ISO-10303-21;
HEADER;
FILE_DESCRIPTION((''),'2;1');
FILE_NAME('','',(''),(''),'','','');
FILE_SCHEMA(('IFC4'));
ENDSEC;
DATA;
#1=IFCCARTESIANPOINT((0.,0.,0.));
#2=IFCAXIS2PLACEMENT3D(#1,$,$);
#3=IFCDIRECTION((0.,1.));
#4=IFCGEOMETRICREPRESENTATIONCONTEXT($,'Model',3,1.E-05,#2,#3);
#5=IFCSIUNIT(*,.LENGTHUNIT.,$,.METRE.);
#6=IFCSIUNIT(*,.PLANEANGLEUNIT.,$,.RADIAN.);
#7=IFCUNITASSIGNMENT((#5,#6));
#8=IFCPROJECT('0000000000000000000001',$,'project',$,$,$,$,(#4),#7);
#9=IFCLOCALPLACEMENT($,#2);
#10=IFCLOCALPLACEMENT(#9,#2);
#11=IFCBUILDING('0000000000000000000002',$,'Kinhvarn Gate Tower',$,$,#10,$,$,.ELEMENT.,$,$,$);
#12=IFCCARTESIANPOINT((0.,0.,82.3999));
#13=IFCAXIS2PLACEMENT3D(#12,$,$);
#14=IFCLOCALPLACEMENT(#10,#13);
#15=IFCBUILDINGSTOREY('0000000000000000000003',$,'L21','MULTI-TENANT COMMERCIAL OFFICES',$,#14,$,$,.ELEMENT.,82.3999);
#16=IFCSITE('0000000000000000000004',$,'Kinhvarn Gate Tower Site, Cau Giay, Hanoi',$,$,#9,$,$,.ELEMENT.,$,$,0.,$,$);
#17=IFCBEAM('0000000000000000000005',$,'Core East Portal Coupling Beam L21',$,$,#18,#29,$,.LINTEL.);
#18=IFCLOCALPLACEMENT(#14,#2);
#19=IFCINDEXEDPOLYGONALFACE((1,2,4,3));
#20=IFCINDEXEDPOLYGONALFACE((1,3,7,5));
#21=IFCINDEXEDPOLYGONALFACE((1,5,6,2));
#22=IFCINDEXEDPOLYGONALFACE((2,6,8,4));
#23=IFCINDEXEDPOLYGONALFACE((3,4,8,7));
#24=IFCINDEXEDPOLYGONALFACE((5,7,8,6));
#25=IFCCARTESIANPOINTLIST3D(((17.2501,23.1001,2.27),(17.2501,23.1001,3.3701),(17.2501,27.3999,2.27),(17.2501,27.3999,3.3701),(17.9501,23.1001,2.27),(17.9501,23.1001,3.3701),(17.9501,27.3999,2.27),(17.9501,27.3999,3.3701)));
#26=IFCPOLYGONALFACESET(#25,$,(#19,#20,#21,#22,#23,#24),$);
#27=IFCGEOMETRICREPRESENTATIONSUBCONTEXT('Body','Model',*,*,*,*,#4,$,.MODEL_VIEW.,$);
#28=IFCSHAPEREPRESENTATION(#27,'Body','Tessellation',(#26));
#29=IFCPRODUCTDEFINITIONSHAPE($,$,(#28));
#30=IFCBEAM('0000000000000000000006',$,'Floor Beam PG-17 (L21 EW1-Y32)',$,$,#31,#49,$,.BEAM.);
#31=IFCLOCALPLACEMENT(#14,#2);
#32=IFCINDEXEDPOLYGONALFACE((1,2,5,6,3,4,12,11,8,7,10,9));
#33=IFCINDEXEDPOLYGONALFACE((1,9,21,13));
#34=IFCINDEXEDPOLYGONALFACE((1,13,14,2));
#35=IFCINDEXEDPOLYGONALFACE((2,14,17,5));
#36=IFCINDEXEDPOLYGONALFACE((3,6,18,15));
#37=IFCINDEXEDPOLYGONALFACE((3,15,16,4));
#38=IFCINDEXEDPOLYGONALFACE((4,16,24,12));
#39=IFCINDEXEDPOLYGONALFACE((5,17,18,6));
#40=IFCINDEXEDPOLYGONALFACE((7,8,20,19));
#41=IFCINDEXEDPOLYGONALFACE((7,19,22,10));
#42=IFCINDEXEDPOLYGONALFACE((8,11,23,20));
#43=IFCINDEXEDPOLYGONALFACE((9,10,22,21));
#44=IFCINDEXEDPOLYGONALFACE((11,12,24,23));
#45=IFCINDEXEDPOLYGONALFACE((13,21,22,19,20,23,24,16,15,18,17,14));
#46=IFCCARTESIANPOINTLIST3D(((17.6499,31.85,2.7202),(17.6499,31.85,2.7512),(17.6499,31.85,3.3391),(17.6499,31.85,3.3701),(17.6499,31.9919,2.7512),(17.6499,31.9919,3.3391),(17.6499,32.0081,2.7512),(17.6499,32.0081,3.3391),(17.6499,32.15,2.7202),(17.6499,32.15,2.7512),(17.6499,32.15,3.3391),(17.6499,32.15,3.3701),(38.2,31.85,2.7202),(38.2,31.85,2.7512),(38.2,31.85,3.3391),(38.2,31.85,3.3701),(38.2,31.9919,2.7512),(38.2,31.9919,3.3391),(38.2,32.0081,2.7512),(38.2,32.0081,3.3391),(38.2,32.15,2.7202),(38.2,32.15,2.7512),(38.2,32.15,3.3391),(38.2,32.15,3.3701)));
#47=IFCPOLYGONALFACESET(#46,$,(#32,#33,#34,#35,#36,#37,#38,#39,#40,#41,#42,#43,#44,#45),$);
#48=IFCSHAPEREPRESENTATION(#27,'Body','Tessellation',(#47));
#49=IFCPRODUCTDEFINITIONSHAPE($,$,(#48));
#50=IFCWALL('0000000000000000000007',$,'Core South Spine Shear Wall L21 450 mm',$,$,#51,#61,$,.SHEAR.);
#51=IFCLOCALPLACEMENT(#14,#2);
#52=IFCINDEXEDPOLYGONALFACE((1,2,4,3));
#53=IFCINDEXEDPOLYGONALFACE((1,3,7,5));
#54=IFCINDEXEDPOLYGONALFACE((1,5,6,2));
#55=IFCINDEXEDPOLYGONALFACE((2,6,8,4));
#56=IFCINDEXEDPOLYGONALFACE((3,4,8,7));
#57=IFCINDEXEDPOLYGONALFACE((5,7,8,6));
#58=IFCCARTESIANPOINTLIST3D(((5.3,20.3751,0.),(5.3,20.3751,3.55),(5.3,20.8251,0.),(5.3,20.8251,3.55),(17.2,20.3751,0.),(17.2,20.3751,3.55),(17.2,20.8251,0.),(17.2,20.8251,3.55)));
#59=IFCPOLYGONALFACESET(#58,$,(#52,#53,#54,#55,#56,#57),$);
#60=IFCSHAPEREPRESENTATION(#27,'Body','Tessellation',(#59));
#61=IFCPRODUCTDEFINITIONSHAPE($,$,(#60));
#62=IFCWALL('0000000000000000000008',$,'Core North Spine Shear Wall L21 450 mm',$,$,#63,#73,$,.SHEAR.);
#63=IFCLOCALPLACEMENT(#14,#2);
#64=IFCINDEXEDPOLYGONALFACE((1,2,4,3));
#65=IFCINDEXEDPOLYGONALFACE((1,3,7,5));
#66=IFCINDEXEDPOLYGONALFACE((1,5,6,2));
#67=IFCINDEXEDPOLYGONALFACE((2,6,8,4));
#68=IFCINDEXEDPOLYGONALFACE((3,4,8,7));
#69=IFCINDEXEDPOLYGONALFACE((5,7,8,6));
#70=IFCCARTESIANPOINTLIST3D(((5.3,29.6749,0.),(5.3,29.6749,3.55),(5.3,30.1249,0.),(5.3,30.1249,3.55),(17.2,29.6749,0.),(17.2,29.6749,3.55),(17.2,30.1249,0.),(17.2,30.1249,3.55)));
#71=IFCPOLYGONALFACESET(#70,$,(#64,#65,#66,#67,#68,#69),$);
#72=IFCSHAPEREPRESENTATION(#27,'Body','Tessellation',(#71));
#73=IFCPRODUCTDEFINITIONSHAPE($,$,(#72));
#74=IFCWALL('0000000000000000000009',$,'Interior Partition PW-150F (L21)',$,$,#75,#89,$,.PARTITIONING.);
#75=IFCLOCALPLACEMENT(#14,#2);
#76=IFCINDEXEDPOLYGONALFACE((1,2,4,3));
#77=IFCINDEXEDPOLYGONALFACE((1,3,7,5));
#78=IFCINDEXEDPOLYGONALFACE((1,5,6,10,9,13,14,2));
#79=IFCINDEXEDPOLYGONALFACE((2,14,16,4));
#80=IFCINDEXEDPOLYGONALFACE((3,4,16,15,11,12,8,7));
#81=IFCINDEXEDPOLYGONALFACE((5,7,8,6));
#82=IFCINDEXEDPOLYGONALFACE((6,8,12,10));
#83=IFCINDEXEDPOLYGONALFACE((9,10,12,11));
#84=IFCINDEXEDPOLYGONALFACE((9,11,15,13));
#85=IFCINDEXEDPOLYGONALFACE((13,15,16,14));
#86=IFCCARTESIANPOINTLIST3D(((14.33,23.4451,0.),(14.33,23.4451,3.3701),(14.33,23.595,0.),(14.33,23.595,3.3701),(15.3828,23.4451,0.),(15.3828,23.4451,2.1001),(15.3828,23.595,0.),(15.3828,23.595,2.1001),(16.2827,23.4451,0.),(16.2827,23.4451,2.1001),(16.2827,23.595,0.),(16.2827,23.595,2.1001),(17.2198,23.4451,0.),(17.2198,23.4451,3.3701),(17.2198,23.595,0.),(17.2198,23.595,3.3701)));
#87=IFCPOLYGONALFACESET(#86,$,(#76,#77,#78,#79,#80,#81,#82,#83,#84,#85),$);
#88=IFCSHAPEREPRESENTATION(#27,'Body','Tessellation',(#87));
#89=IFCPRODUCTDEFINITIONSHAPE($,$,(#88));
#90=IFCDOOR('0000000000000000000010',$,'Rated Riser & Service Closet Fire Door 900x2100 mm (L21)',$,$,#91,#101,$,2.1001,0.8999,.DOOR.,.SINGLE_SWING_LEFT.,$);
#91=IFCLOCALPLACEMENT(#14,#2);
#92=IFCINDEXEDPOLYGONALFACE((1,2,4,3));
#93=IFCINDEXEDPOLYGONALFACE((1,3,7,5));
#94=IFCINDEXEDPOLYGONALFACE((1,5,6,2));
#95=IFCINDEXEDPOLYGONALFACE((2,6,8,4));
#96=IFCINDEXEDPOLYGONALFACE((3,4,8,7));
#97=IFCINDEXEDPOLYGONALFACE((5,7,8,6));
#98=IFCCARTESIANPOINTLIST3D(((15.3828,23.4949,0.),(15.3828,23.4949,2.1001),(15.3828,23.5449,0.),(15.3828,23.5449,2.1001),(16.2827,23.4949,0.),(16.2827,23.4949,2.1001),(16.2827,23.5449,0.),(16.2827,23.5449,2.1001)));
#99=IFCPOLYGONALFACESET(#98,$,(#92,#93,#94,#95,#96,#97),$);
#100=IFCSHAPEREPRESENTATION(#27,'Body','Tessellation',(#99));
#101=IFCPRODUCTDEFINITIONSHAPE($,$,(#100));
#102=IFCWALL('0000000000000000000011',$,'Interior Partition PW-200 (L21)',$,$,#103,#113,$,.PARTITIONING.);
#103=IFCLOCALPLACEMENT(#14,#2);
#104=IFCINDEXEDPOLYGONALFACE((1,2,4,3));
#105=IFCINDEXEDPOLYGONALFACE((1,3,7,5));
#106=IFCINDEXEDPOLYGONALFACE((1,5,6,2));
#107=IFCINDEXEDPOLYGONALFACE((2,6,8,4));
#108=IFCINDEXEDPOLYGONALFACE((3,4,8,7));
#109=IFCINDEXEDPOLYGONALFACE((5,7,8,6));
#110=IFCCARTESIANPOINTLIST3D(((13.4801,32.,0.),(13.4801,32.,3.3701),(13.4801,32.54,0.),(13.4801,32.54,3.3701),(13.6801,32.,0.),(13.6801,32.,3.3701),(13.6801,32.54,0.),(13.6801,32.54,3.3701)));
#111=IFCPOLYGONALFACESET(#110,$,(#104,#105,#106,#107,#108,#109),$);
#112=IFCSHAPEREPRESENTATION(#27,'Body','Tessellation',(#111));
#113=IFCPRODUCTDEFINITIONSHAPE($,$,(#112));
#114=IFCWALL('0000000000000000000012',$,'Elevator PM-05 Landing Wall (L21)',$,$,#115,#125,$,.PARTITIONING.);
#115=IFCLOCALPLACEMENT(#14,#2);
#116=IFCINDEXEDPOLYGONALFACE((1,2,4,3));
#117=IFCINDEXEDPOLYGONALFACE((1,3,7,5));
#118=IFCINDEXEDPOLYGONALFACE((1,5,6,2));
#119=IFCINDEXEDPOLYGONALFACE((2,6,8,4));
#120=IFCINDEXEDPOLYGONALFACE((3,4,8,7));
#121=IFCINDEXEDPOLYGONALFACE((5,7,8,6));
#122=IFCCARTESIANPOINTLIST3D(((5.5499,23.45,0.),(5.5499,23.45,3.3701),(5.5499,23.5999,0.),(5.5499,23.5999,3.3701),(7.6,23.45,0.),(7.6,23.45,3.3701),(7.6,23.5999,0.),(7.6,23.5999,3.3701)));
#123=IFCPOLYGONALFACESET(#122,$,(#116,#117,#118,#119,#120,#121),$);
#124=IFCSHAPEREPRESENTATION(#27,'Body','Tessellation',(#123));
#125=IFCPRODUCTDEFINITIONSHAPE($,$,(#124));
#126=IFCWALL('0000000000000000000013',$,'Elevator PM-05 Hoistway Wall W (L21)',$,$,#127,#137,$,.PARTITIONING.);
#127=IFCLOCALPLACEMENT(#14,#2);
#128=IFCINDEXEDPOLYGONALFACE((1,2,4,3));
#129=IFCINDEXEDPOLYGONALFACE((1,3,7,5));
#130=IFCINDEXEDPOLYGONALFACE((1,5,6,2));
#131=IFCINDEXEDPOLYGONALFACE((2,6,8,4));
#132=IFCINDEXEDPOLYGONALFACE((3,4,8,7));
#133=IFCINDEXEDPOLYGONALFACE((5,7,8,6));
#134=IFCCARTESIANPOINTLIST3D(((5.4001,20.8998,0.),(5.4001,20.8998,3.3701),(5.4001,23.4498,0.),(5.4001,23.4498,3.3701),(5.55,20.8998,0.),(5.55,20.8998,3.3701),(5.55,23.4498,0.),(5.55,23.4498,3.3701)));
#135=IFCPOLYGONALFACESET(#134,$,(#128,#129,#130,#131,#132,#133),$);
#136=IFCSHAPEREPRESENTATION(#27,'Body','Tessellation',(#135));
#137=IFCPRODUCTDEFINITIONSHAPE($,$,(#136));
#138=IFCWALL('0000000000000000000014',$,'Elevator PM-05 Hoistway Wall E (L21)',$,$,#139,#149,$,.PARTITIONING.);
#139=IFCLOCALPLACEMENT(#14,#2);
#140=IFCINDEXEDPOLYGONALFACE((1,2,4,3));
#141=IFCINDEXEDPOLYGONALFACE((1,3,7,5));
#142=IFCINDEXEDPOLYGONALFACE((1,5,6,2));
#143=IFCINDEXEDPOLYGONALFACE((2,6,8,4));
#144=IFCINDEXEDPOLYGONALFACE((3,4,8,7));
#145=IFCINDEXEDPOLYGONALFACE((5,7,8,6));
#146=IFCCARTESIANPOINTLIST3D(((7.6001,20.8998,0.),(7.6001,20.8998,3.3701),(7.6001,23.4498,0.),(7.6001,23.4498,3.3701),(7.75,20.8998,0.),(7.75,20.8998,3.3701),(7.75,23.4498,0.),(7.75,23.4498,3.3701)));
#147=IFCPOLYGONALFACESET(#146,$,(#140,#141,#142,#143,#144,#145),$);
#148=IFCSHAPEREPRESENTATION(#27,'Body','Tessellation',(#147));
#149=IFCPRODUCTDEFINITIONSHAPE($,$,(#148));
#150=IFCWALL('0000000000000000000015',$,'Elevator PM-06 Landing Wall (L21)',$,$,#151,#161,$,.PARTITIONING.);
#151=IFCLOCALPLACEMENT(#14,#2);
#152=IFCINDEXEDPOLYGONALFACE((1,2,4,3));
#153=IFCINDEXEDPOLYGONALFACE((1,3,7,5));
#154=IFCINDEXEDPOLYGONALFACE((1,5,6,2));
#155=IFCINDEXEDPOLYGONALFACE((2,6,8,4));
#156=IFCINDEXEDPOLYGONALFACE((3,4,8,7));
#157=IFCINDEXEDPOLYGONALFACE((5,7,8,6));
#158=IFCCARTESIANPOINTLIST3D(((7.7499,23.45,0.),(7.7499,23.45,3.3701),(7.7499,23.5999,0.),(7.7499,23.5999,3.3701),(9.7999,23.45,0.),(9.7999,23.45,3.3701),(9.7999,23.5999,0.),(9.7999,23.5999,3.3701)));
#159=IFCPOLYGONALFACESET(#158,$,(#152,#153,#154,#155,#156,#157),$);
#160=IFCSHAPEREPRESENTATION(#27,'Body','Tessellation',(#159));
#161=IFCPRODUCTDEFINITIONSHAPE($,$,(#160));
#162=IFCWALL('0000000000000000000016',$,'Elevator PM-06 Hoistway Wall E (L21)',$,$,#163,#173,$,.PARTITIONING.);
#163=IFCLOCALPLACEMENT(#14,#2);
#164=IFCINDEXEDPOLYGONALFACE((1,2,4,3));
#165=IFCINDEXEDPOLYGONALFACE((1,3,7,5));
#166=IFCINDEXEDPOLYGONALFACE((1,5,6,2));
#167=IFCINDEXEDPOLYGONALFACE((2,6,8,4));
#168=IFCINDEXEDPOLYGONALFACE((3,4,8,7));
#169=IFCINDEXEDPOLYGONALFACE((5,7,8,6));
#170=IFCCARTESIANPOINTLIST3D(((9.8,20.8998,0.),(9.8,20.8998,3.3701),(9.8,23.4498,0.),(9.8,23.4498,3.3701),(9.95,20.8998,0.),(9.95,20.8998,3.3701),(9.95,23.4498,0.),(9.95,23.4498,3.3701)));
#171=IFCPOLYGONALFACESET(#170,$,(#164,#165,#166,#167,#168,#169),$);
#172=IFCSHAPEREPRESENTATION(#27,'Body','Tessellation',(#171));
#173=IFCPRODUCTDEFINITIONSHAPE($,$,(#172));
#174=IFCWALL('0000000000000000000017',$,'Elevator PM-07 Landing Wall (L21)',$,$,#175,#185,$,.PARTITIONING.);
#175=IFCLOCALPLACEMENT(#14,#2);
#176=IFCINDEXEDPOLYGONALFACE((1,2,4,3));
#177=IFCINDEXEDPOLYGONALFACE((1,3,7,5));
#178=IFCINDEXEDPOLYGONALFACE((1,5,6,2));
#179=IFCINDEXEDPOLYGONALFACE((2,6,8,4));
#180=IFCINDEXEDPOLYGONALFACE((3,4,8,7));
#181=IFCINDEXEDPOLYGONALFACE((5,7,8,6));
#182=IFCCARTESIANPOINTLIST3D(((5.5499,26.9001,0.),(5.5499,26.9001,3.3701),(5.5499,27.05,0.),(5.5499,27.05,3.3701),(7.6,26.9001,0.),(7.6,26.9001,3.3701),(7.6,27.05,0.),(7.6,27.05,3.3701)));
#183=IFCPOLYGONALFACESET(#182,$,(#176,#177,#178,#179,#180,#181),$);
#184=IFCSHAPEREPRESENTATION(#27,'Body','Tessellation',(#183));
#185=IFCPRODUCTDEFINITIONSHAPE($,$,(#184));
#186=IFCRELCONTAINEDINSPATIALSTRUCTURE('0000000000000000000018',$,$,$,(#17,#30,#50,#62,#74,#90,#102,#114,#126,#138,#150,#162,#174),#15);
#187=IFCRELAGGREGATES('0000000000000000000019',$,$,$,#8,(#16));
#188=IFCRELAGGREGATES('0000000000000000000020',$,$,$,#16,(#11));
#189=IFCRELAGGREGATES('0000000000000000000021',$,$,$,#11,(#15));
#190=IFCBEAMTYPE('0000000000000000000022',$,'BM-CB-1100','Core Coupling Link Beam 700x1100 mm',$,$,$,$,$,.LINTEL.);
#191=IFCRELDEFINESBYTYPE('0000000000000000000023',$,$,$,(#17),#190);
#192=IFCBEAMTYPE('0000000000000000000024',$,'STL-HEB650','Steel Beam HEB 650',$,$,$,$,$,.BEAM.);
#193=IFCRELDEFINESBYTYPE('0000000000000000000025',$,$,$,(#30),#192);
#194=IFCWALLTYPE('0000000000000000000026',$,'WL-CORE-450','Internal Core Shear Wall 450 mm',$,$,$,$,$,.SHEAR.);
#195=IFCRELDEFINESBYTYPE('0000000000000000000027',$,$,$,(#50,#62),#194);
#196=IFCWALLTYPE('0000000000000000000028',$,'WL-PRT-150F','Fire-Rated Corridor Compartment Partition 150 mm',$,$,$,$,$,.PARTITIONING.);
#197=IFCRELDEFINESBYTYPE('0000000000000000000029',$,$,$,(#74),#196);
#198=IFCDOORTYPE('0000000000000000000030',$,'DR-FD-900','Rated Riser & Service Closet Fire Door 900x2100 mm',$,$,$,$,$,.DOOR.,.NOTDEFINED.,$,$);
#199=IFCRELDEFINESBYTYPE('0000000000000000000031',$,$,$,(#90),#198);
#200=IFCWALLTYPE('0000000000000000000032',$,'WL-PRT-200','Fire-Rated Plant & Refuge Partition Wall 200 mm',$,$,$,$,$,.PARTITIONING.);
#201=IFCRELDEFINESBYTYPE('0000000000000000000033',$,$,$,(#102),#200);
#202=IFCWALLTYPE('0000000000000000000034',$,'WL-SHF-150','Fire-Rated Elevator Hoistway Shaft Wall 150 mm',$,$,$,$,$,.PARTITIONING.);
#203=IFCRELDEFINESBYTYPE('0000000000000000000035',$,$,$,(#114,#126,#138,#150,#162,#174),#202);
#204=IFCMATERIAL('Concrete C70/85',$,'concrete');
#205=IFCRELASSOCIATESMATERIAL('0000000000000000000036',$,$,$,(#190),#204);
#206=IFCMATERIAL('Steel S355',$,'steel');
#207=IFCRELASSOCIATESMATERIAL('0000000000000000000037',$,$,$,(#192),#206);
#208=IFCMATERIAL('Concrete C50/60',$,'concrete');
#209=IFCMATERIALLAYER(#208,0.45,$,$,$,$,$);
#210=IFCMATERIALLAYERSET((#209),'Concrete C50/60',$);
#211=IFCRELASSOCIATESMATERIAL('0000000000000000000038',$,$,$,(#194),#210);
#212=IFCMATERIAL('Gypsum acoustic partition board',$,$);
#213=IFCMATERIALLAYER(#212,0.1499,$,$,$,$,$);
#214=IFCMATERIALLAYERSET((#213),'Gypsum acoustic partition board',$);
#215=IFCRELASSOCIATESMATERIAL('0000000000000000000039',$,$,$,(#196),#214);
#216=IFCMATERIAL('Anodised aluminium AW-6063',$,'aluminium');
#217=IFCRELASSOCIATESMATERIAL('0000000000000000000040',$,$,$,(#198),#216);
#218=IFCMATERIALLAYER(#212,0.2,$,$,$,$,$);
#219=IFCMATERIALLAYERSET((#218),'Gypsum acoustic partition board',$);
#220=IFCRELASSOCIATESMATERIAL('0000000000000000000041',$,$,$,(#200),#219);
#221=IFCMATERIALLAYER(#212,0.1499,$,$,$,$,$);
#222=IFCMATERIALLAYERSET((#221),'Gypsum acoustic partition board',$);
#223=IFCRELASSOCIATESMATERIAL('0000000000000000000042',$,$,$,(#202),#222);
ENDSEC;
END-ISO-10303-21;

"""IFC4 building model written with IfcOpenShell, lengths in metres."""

from ifc_helpers import new_model, si_unit, direction, frame, frame_2d, origin, origin_2d, place, context, subcontext, project, spatial, rectangle, i_section, extrude, material, layer, layer_set, material_profile, profile_set, type_object, element, fill, save


model = new_model("IFC4")

# Units and contexts
model_context = context("Model", 3, precision=1e-05, world=origin(), true_north=direction((0.0, 1.0)))
body_context = subcontext(model_context, "Body", "Model", "MODEL_VIEW")
ifc_project = project(units=[si_unit("LENGTHUNIT", "METRE"), si_unit("PLANEANGLEUNIT", "RADIAN")], contexts=[model_context])

# Site, building, storey
site_placement = place(None, origin())
site = spatial("IfcSite", under=ifc_project, at=site_placement, Name="Kinhvarn Gate Tower Site, Cau Giay, Hanoi", CompositionType="ELEMENT", RefElevation=0.0)
building_placement = place(site_placement, origin())
building = spatial("IfcBuilding", under=site, at=building_placement, Name="Kinhvarn Gate Tower", CompositionType="ELEMENT")
storey_placement = place(building_placement, frame((0.0, 0.0, 82.3999)))
storey = spatial("IfcBuildingStorey", under=building, at=storey_placement, Name="L21", Description="MULTI-TENANT COMMERCIAL OFFICES", CompositionType="ELEMENT", Elevation=82.3999)

# Beams
ifc_material_1 = material(Name="Concrete C70/85", Category="concrete")
ifc_material_profile_1 = material_profile(ifc_material_1, rectangle(XDim=0.7, YDim=1.1001, at=origin_2d()), Name="RC 700x1100")
ifc_profile_set_1 = profile_set([ifc_material_profile_1], Name="Concrete C70/85")
beam_type_1 = type_object("IfcBeamType", Name="BM-CB-1100", Description="Core Coupling Link Beam 700x1100 mm", PredefinedType="LINTEL", material=ifc_profile_set_1)
beam_1_placement = place(storey_placement, frame((17.6001, 23.1001, 2.8201), z_axis=(0.0, 1.0, 0.0), x_axis=(-1.0, 0.0, 0.0)))
element("IfcBeam", 1, at=beam_1_placement, inside=storey, type_object=beam_type_1, Name="Core East Portal Coupling Beam L21", PredefinedType="LINTEL", context=body_context, shape_type="SweptSolid", body=[
    extrude(rectangle(XDim=0.7, YDim=1.1001, at=origin_2d()), origin(), (0.0, 0.0, 1.0), 4.2998),
])
ifc_material_2 = material(Name="Steel S355", Category="steel")
ifc_material_profile_2 = material_profile(ifc_material_2, i_section(OverallWidth=0.3, OverallDepth=0.6499, WebThickness=0.0161, FlangeThickness=0.031, at=origin_2d()), Name="HEB 650")
ifc_profile_set_2 = profile_set([ifc_material_profile_2], Name="Steel S355")
beam_type_2 = type_object("IfcBeamType", Name="STL-HEB650", Description="Steel Beam HEB 650", PredefinedType="BEAM", material=ifc_profile_set_2)
beam_2_placement = place(storey_placement, frame((17.6499, 32.0, 3.0452), z_axis=(1.0, 0.0, 0.0), x_axis=(0.0, 1.0, 0.0)))
element("IfcBeam", 2, at=beam_2_placement, inside=storey, type_object=beam_type_2, Name="Floor Beam PG-17 (L21 EW1-Y32)", PredefinedType="BEAM", context=body_context, shape_type="SweptSolid", body=[
    extrude(i_section(OverallWidth=0.3, OverallDepth=0.6499, WebThickness=0.0161, FlangeThickness=0.031, at=origin_2d()), origin(), (0.0, 0.0, 1.0), 20.55),
])

# Walls
ifc_material_3 = material(Name="Concrete C50/60", Category="concrete")
ifc_layer_1 = layer(ifc_material_3, 0.45)
ifc_layer_set_1 = layer_set([ifc_layer_1], Name="Concrete C50/60")
wall_type_1 = type_object("IfcWallType", Name="WL-CORE-450", Description="Internal Core Shear Wall 450 mm", PredefinedType="SHEAR", material=ifc_layer_set_1)
for number, where, z_axis, x_axis, name in (
    (3, (5.3, 20.6001, 0.0), (0.0, 0.0, 1.0), (1.0, 0.0, 0.0), "Core South Spine Shear Wall L21 450 mm"),
    (4, (5.3, 29.8999, 0.0), (0.0, 0.0, 1.0), (1.0, 0.0, 0.0), "Core North Spine Shear Wall L21 450 mm"),
):
    element("IfcWall", number, at=place(storey_placement, frame(where, z_axis=z_axis, x_axis=x_axis)), inside=storey, type_object=wall_type_1, Name=name, PredefinedType="SHEAR", context=body_context, shape_type="SweptSolid", body=[
        extrude(rectangle(XDim=11.8999, YDim=0.45, at=frame_2d((5.95, 0.0))), origin(), (0.0, 0.0, 1.0), 3.55),
    ])

# Wall, opening, door
ifc_material_4 = material(Name="Anodised aluminium AW-6063", Category="aluminium")
ifc_material_5 = material(Name="Gypsum acoustic partition board")
ifc_layer_2 = layer(ifc_material_5, 0.1499)
ifc_layer_set_2 = layer_set([ifc_layer_2], Name="Gypsum acoustic partition board")
wall_type_2 = type_object("IfcWallType", Name="WL-PRT-150F", Description="Fire-Rated Corridor Compartment Partition 150 mm", PredefinedType="PARTITIONING", material=ifc_layer_set_2)
wall_1_placement = place(storey_placement, frame((14.3301, 23.52, 0.0), z_axis=(0.0, 0.0, 1.0), x_axis=(1.0, 0.0, 0.0)))
wall_1 = element("IfcWall", 5, at=wall_1_placement, inside=storey, type_object=wall_type_2, Name="Interior Partition PW-150F (L21)", PredefinedType="PARTITIONING", context=body_context, shape_type="SweptSolid", body=[
    extrude(rectangle(XDim=2.8899, YDim=0.1499, at=frame_2d((1.4448, 0.0))), origin(), (0.0, 0.0, 1.0), 3.3701),
])
opening_1_placement = place(wall_1_placement, frame((1.0527, 0.0, 0.0)))
opening_1 = element("IfcOpeningElement", 6, at=opening_1_placement, cuts=wall_1, PredefinedType="OPENING", context=body_context, shape_type="SweptSolid", body=[
    extrude(rectangle(XDim=0.8999, YDim=2.1001, at=frame_2d((0.45, 1.05))), frame((0.0, 0.085, 0.0), z_axis=(0.0, -1.0, 0.0), x_axis=(1.0, 0.0, 0.0)), (0.0, 0.0, 1.0), 0.1699),
])
door_type_1 = type_object("IfcDoorType", Name="DR-FD-900", Description="Rated Riser & Service Closet Fire Door 900x2100 mm", OperationType="NOTDEFINED", PredefinedType="DOOR", material=ifc_material_4)
door_1_placement = place(opening_1_placement, origin())
door_1 = element("IfcDoor", 7, at=door_1_placement, inside=storey, type_object=door_type_1, Name="Rated Riser & Service Closet Fire Door 900x2100 mm (L21)", OperationType="SINGLE_SWING_LEFT", OverallHeight=2.1001, OverallWidth=0.8999, PredefinedType="DOOR", context=body_context, shape_type="SweptSolid", body=[
    extrude(rectangle(XDim=0.8999, YDim=2.1001, at=frame_2d((0.45, 1.05))), frame((0.0, 0.0249, 0.0), z_axis=(0.0, -1.0, 0.0), x_axis=(1.0, 0.0, 0.0)), (0.0, 0.0, 1.0), 0.05),
])
fill(opening_1, door_1)

# Walls
ifc_layer_3 = layer(ifc_material_5, 0.2)
ifc_layer_set_3 = layer_set([ifc_layer_3], Name="Gypsum acoustic partition board")
wall_type_3 = type_object("IfcWallType", Name="WL-PRT-200", Description="Fire-Rated Plant & Refuge Partition Wall 200 mm", PredefinedType="PARTITIONING", material=ifc_layer_set_3)
wall_2_placement = place(storey_placement, frame((13.5801, 32.0, 0.0), z_axis=(0.0, 0.0, 1.0), x_axis=(0.0, 1.0, 0.0)))
element("IfcWall", 8, at=wall_2_placement, inside=storey, type_object=wall_type_3, Name="Interior Partition PW-200 (L21)", PredefinedType="PARTITIONING", context=body_context, shape_type="SweptSolid", body=[
    extrude(rectangle(XDim=0.54, YDim=0.2, at=frame_2d((0.27, 0.0))), origin(), (0.0, 0.0, 1.0), 3.3701),
])
ifc_layer_4 = layer(ifc_material_5, 0.1499)
ifc_layer_set_4 = layer_set([ifc_layer_4], Name="Gypsum acoustic partition board")
wall_type_4 = type_object("IfcWallType", Name="WL-SHF-150", Description="Fire-Rated Elevator Hoistway Shaft Wall 150 mm", PredefinedType="PARTITIONING", material=ifc_layer_set_4)
wall_3_placement = place(storey_placement, frame((5.55, 23.5249, 0.0), z_axis=(0.0, 0.0, 1.0), x_axis=(1.0, 0.0, 0.0)))
element("IfcWall", 9, at=wall_3_placement, inside=storey, type_object=wall_type_4, Name="Elevator PM-05 Landing Wall (L21)", PredefinedType="PARTITIONING", context=body_context, shape_type="SweptSolid", body=[
    extrude(rectangle(XDim=2.05, YDim=0.1499, at=frame_2d((1.0249, 0.0))), origin(), (0.0, 0.0, 1.0), 3.3701),
])
for number, where, z_axis, x_axis, name in (
    (10, (5.4751, 20.8999, 0.0), (0.0, 0.0, 1.0), (0.0, 1.0, 0.0), "Elevator PM-05 Hoistway Wall W (L21)"),
    (11, (7.675, 20.8999, 0.0), (0.0, 0.0, 1.0), (0.0, 1.0, 0.0), "Elevator PM-05 Hoistway Wall E (L21)"),
):
    element("IfcWall", number, at=place(storey_placement, frame(where, z_axis=z_axis, x_axis=x_axis)), inside=storey, type_object=wall_type_4, Name=name, PredefinedType="PARTITIONING", context=body_context, shape_type="SweptSolid", body=[
        extrude(rectangle(XDim=2.55, YDim=0.1499, at=frame_2d((1.2749, 0.0))), origin(), (0.0, 0.0, 1.0), 3.3701),
    ])
wall_4_placement = place(storey_placement, frame((7.75, 23.5249, 0.0), z_axis=(0.0, 0.0, 1.0), x_axis=(1.0, 0.0, 0.0)))
element("IfcWall", 12, at=wall_4_placement, inside=storey, type_object=wall_type_4, Name="Elevator PM-06 Landing Wall (L21)", PredefinedType="PARTITIONING", context=body_context, shape_type="SweptSolid", body=[
    extrude(rectangle(XDim=2.05, YDim=0.1499, at=frame_2d((1.0249, 0.0))), origin(), (0.0, 0.0, 1.0), 3.3701),
])
wall_5_placement = place(storey_placement, frame((9.875, 20.8999, 0.0), z_axis=(0.0, 0.0, 1.0), x_axis=(0.0, 1.0, 0.0)))
element("IfcWall", 13, at=wall_5_placement, inside=storey, type_object=wall_type_4, Name="Elevator PM-06 Hoistway Wall E (L21)", PredefinedType="PARTITIONING", context=body_context, shape_type="SweptSolid", body=[
    extrude(rectangle(XDim=2.55, YDim=0.1499, at=frame_2d((1.2749, 0.0))), origin(), (0.0, 0.0, 1.0), 3.3701),
])
wall_6_placement = place(storey_placement, frame((5.55, 26.9751, 0.0), z_axis=(0.0, 0.0, 1.0), x_axis=(1.0, 0.0, 0.0)))
element("IfcWall", 14, at=wall_6_placement, inside=storey, type_object=wall_type_4, Name="Elevator PM-07 Landing Wall (L21)", PredefinedType="PARTITIONING", context=body_context, shape_type="SweptSolid", body=[
    extrude(rectangle(XDim=2.05, YDim=0.1499, at=frame_2d((1.0249, 0.0))), origin(), (0.0, 0.0, 1.0), 3.3701),
])

save(model, "model.ifc")
